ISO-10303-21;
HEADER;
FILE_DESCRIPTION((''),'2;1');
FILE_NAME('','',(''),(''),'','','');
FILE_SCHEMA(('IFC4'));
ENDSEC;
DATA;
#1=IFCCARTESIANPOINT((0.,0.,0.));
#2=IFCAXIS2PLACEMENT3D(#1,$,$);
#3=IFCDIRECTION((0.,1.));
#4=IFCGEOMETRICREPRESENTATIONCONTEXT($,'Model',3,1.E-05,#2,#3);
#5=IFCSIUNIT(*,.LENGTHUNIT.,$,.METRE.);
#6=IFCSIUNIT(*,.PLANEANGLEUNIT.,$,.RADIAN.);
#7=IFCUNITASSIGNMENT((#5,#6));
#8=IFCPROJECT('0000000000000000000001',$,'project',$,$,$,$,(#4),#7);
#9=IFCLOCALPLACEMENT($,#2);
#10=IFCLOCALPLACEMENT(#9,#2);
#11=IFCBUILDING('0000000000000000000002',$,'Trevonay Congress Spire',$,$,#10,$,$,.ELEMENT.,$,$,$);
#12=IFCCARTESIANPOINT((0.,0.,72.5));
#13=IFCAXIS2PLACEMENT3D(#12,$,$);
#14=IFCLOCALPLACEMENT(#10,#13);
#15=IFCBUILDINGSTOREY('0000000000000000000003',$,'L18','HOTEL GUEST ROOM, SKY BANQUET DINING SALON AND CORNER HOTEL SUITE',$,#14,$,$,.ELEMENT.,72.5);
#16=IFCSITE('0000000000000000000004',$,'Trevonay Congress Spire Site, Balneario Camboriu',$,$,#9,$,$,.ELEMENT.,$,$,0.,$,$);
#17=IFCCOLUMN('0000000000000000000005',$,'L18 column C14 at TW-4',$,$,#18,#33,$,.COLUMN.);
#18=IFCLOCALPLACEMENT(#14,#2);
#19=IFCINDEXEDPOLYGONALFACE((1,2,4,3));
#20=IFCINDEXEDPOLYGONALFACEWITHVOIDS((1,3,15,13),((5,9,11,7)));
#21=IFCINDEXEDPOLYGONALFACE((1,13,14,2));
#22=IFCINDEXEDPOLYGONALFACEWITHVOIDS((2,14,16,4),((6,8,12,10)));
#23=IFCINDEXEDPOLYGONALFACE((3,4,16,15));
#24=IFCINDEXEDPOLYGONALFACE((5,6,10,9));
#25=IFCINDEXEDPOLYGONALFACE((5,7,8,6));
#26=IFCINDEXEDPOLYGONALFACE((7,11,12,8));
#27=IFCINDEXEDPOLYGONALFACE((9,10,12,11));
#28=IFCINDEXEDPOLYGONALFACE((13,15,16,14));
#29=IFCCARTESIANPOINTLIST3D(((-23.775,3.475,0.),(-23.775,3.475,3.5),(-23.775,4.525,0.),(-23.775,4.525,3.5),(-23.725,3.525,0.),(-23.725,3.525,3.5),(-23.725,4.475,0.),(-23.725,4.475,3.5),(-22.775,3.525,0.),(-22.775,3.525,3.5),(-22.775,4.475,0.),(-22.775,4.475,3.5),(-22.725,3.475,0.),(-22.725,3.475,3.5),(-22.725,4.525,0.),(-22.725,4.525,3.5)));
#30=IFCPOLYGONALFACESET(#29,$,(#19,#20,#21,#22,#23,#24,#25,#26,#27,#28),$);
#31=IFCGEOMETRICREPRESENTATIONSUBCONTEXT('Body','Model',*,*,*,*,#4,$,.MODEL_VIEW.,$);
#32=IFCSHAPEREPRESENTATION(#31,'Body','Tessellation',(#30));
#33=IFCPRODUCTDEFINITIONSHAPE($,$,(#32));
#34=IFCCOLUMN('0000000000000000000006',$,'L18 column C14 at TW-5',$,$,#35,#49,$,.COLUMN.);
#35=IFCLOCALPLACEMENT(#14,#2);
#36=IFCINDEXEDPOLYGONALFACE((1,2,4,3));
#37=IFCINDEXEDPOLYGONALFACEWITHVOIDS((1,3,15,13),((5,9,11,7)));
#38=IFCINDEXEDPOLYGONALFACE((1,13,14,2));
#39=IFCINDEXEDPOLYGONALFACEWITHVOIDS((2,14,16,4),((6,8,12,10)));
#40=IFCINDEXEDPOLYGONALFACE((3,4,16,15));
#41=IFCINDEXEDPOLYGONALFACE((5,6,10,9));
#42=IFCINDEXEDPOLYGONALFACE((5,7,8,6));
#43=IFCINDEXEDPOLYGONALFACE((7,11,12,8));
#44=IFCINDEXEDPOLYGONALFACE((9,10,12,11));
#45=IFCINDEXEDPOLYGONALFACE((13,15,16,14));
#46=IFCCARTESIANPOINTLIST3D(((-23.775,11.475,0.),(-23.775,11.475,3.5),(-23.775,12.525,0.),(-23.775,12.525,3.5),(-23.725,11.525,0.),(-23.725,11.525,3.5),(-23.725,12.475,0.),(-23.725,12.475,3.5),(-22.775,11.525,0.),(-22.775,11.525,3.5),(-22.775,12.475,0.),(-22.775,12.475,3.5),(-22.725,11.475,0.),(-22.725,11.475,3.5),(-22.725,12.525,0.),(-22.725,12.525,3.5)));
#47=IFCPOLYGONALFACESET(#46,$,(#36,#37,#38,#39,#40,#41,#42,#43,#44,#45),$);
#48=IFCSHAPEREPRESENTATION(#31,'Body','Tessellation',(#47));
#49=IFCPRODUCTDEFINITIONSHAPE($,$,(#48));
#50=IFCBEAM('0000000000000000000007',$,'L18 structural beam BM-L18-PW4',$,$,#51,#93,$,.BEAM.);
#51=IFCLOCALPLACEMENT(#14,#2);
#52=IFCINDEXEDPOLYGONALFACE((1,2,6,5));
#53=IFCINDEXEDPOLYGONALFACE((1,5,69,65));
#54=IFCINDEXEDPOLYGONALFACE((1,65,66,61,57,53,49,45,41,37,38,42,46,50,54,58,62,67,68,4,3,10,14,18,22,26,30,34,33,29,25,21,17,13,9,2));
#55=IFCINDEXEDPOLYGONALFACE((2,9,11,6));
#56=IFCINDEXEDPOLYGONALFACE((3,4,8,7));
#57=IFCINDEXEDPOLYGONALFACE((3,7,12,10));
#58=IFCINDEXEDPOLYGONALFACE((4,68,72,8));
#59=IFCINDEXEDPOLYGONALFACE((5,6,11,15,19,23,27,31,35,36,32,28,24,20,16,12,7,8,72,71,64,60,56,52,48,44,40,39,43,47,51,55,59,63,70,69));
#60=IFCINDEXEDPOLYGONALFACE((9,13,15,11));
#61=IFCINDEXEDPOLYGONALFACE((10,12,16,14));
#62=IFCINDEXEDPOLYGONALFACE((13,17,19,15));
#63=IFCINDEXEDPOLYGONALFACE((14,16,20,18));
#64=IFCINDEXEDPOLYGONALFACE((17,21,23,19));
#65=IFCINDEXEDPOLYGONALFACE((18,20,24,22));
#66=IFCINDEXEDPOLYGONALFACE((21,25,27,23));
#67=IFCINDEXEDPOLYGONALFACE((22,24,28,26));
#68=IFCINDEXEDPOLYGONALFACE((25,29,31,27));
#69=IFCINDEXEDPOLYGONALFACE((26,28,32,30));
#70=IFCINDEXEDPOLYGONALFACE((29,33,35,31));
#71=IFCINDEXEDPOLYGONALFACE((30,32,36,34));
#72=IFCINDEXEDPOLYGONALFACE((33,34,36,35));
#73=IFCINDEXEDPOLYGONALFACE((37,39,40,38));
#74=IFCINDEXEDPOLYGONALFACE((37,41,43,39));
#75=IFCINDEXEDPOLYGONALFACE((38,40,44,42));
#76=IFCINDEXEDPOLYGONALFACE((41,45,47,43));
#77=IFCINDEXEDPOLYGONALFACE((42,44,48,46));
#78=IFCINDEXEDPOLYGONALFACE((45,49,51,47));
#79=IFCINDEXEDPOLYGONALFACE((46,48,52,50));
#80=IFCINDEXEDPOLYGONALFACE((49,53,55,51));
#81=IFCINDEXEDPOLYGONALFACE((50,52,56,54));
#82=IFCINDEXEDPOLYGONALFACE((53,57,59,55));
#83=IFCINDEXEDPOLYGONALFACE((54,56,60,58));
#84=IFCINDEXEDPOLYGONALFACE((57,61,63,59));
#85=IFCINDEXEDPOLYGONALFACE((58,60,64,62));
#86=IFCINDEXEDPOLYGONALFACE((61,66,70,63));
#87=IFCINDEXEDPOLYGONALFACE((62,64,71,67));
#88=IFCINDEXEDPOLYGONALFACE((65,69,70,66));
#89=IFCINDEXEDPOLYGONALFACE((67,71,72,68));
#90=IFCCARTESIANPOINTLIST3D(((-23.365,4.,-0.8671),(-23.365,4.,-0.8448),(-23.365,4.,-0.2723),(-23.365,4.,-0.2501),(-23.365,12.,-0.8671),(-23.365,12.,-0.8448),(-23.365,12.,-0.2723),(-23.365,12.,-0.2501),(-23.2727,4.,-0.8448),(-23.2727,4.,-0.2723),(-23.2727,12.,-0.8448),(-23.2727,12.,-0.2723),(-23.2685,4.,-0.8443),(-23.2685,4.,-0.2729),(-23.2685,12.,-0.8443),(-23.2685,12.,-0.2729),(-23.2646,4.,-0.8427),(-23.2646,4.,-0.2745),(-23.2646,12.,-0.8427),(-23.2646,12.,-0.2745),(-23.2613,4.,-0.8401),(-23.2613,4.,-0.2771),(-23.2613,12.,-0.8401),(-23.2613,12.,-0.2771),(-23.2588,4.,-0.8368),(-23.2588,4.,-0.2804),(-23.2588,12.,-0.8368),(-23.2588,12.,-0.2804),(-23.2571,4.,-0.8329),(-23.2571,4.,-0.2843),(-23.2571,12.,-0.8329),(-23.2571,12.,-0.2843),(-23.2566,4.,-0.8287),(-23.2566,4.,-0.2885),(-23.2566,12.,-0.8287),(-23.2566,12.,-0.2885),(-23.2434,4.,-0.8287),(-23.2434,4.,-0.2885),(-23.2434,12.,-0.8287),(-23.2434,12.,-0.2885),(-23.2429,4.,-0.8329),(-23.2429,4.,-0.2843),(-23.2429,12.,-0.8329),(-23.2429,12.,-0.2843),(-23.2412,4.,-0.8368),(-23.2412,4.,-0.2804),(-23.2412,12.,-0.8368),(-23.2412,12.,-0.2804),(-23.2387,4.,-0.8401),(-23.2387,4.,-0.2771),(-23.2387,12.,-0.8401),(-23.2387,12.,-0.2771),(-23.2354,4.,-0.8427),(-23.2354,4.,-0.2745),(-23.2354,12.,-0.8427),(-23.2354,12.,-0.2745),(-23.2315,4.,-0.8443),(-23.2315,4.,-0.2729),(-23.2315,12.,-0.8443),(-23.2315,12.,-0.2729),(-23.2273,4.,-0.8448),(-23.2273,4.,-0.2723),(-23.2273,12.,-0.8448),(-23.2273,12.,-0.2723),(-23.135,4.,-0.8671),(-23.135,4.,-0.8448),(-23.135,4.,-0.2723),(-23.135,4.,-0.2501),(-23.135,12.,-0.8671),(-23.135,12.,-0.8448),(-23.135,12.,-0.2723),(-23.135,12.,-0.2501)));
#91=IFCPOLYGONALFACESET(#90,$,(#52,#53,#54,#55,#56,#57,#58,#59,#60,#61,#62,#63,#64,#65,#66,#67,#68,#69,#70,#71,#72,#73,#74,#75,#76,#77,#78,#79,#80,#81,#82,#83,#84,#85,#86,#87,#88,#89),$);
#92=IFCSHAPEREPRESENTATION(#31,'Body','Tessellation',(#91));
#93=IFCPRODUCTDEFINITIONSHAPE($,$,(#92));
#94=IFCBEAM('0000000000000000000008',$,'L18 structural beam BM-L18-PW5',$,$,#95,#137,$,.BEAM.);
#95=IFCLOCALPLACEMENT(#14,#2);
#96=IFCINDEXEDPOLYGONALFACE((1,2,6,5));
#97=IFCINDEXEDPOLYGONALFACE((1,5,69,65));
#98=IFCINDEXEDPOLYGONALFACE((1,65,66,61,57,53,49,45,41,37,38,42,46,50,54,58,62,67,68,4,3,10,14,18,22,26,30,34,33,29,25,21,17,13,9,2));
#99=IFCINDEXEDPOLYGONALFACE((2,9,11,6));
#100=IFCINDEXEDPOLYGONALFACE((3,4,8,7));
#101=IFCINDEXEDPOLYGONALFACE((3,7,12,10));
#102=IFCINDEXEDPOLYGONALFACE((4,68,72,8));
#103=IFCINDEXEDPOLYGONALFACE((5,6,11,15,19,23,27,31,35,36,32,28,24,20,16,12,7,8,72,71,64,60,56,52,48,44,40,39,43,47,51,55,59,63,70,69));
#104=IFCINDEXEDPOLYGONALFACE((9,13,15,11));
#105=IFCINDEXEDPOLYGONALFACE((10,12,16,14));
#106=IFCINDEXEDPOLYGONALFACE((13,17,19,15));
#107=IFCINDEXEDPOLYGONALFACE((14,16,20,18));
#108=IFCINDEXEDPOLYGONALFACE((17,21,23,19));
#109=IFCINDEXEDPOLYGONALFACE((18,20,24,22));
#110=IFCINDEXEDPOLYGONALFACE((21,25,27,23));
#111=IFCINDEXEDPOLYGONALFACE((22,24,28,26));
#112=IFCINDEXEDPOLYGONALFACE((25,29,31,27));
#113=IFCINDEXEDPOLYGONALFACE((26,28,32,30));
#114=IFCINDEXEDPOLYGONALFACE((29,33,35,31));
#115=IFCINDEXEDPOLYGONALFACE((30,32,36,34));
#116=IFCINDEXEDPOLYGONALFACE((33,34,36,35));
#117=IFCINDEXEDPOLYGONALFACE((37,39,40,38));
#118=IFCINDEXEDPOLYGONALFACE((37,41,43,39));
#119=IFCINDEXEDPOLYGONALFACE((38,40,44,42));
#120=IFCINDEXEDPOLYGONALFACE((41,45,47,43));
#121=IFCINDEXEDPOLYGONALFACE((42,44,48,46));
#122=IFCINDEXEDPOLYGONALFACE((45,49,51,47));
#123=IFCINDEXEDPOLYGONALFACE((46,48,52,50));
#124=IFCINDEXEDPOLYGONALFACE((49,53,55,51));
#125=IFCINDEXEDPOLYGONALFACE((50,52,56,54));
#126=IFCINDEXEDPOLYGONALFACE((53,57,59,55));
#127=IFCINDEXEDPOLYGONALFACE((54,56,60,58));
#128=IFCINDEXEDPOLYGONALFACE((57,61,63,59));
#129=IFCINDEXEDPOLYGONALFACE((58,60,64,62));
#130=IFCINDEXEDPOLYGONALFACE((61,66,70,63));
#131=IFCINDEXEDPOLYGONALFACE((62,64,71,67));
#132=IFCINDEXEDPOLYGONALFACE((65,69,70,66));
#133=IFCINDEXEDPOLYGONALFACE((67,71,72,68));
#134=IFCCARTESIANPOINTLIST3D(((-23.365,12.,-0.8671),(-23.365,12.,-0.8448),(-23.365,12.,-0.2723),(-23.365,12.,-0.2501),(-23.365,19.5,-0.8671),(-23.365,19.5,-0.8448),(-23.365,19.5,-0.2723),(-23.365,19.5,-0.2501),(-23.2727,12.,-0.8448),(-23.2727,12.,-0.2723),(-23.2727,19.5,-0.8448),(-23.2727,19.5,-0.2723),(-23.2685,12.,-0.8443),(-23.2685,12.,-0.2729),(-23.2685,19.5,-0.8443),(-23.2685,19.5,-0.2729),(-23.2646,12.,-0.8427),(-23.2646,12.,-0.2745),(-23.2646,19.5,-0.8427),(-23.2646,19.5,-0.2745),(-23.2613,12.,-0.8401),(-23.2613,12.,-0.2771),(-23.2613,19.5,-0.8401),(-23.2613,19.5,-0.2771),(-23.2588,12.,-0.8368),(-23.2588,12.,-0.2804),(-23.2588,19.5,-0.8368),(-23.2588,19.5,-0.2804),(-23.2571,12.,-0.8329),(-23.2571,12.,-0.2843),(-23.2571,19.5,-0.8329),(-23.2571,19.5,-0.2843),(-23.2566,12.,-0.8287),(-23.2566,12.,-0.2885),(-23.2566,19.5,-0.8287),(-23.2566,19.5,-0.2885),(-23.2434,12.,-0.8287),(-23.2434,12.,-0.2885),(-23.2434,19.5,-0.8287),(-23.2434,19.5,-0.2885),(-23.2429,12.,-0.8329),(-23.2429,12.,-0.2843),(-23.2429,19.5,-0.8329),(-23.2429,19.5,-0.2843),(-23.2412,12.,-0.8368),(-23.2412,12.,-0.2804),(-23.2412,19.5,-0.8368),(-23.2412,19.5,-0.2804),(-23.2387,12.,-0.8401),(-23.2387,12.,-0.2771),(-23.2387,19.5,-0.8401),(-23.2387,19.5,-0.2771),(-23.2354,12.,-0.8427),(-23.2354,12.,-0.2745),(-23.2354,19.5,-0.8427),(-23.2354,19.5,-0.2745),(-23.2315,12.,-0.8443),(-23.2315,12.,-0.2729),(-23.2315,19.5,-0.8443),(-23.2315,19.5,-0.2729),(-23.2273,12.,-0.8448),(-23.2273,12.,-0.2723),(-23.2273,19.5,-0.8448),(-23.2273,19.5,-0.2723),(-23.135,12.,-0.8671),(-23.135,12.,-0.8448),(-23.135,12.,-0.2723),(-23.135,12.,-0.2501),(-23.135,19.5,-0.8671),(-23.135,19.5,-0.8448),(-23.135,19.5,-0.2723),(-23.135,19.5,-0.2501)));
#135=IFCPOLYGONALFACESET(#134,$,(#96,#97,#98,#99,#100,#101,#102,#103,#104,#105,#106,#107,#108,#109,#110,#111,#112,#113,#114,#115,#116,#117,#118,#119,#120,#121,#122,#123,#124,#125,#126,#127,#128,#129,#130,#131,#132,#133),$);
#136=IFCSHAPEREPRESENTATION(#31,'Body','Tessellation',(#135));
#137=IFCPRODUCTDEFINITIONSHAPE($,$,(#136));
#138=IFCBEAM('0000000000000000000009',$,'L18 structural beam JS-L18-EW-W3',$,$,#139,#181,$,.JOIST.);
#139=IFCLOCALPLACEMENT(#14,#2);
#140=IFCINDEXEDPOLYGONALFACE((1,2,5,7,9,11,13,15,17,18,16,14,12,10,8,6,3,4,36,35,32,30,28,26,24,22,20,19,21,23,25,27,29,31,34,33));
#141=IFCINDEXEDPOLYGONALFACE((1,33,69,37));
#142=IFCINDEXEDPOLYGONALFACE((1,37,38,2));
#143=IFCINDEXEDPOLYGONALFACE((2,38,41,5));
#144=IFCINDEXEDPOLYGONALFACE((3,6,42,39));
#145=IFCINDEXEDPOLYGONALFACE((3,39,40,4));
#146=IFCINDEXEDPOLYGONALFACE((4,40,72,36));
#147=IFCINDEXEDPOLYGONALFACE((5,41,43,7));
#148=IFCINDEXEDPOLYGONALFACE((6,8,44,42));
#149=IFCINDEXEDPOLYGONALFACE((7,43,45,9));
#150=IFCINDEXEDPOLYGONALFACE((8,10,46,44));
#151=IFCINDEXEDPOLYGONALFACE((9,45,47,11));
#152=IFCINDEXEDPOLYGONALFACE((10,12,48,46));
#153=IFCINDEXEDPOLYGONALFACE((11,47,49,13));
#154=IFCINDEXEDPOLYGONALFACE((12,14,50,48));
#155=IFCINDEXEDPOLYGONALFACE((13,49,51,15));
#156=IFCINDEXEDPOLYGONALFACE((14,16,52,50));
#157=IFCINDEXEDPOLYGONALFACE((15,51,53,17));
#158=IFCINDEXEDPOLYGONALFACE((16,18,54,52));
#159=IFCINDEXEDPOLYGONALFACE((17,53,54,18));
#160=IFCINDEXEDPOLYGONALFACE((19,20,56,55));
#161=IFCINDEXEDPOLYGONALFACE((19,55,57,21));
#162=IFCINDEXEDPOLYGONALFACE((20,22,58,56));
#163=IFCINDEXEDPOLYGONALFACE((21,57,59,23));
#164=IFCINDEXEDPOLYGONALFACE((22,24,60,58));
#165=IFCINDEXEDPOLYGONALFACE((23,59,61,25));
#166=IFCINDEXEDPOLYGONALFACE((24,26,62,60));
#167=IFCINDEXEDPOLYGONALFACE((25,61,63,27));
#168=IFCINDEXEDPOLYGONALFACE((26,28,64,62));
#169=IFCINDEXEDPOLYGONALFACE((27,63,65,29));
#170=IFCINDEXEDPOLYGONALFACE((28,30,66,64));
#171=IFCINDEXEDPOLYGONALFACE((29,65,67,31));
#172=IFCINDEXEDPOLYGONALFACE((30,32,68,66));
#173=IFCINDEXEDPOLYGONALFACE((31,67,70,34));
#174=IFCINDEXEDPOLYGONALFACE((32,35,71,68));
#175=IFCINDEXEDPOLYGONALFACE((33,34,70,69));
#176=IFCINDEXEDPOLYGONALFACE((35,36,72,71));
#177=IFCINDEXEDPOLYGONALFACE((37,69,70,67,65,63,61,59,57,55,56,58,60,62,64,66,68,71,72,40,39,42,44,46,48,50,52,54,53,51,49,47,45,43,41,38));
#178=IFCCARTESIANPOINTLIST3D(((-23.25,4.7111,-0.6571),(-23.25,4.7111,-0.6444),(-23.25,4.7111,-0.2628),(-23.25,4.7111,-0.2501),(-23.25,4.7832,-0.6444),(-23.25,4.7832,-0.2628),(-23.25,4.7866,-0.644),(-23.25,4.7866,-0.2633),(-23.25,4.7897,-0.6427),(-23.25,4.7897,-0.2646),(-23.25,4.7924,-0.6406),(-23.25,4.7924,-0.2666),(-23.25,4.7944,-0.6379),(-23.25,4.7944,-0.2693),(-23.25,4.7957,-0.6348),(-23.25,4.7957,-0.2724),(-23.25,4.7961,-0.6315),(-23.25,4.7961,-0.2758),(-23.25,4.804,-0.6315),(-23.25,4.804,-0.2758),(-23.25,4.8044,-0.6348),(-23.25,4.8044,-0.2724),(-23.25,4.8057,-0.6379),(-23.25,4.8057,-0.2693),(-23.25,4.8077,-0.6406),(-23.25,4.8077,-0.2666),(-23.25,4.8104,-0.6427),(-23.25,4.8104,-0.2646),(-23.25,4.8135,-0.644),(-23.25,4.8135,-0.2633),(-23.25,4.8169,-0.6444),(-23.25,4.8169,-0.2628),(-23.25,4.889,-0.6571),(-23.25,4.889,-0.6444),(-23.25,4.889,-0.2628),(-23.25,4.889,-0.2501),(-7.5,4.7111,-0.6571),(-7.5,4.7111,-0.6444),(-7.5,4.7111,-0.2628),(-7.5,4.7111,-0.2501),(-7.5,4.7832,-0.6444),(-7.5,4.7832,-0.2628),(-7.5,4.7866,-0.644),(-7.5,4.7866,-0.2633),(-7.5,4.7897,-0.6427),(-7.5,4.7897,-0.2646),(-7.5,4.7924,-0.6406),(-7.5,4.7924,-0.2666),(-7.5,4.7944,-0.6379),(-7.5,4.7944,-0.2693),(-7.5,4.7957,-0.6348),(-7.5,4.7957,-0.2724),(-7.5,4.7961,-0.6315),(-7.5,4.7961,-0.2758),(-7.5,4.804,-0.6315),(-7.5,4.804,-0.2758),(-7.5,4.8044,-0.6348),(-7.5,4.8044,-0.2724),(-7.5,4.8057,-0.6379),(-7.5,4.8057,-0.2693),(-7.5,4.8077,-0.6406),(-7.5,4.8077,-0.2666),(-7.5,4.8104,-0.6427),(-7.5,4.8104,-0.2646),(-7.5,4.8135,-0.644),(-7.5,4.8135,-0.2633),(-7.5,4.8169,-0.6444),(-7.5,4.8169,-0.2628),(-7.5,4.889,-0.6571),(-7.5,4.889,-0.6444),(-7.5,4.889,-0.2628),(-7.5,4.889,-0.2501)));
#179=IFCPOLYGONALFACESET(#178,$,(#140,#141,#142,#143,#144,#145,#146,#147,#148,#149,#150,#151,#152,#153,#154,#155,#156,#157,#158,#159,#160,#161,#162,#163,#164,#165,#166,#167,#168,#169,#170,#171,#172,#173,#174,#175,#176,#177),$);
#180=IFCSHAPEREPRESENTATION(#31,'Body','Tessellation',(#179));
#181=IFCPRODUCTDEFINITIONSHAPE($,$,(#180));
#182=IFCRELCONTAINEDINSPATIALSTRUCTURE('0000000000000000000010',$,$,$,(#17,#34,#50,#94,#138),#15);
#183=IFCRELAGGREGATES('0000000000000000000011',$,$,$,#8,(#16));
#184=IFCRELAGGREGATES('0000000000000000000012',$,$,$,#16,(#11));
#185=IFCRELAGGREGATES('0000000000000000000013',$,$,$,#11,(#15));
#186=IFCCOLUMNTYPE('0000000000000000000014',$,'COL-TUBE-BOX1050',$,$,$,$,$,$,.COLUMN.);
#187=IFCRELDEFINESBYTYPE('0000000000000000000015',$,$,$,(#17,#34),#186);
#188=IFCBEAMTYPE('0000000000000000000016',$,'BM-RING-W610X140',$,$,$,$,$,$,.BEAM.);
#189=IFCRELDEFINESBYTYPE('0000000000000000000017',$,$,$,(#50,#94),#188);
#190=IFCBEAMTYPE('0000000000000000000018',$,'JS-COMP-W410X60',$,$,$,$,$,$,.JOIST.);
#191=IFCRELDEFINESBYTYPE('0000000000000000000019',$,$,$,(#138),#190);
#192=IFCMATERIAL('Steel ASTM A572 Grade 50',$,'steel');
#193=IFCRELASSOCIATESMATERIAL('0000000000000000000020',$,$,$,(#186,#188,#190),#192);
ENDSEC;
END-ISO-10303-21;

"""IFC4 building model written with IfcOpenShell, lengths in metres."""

from ifc_helpers import new_model, si_unit, direction, frame, origin, origin_2d, place, context, subcontext, project, spatial, hollow_rectangle, i_section, extrude, material, material_profile, profile_set, type_object, element, save


model = new_model("IFC4")

# Units and contexts
model_context = context("Model", 3, precision=1e-05, world=origin(), true_north=direction((0.0, 1.0)))
body_context = subcontext(model_context, "Body", "Model", "MODEL_VIEW")
ifc_project = project(units=[si_unit("LENGTHUNIT", "METRE"), si_unit("PLANEANGLEUNIT", "RADIAN")], contexts=[model_context])

# Site, building, storey
site_placement = place(None, origin())
site = spatial("IfcSite", under=ifc_project, at=site_placement, Name="Trevonay Congress Spire Site, Balneario Camboriu", CompositionType="ELEMENT", RefElevation=0.0)
building_placement = place(site_placement, origin())
building = spatial("IfcBuilding", under=site, at=building_placement, Name="Trevonay Congress Spire", CompositionType="ELEMENT")
storey_placement = place(building_placement, frame((0.0, 0.0, 72.5)))
storey = spatial("IfcBuildingStorey", under=building, at=storey_placement, Name="L18", Description="HOTEL GUEST ROOM, SKY BANQUET DINING SALON AND CORNER HOTEL SUITE", CompositionType="ELEMENT", Elevation=72.5)

# Columns
ifc_material_1 = material(Name="Steel ASTM A572 Grade 50", Category="steel")
ifc_material_profile_1 = material_profile(ifc_material_1, hollow_rectangle(XDim=1.05, YDim=1.05, WallThickness=0.05, at=origin_2d()), Name="BOX 1050x1050x50")
ifc_profile_set_1 = profile_set([ifc_material_profile_1], Name="Steel ASTM A572 Grade 50")
column_type = type_object("IfcColumnType", Name="COL-TUBE-BOX1050", PredefinedType="COLUMN", material=ifc_profile_set_1)
for number, where, z_axis, x_axis, name in (
    (1, (-23.25, 4.0, 0.0), (0.0, 0.0, 1.0), (1.0, 0.0, 0.0), "L18 column C14 at TW-4"),
    (2, (-23.25, 12.0, 0.0), (0.0, 0.0, 1.0), (1.0, 0.0, 0.0), "L18 column C14 at TW-5"),
):
    element("IfcColumn", number, at=place(storey_placement, frame(where, z_axis=z_axis, x_axis=x_axis)), inside=storey, type_object=column_type, Name=name, PredefinedType="COLUMN", context=body_context, shape_type="SweptSolid", body=[
        extrude(hollow_rectangle(XDim=1.05, YDim=1.05, WallThickness=0.05, at=origin_2d()), origin(), (0.0, 0.0, 1.0), 3.5),
    ])

# Beams
ifc_material_profile_2 = material_profile(ifc_material_1, i_section(OverallWidth=0.23, OverallDepth=0.6169, WebThickness=0.0132, FlangeThickness=0.0222, FilletRadius=0.0161, at=origin_2d()), Name="W610x140")
ifc_profile_set_2 = profile_set([ifc_material_profile_2], Name="Steel ASTM A572 Grade 50")
beam_type_1 = type_object("IfcBeamType", Name="BM-RING-W610X140", PredefinedType="BEAM", material=ifc_profile_set_2)
beam_1_placement = place(storey_placement, frame((-23.25, 4.0, -0.5586), z_axis=(0.0, 1.0, 0.0), x_axis=(-1.0, 0.0, 0.0)))
element("IfcBeam", 3, at=beam_1_placement, inside=storey, type_object=beam_type_1, Name="L18 structural beam BM-L18-PW4", PredefinedType="BEAM", context=body_context, shape_type="SweptSolid", body=[
    extrude(i_section(OverallWidth=0.23, OverallDepth=0.6169, WebThickness=0.0132, FlangeThickness=0.0222, FilletRadius=0.0161, at=origin_2d()), origin(), (0.0, 0.0, 1.0), 8.0),
])
beam_2_placement = place(storey_placement, frame((-23.25, 12.0, -0.5586), z_axis=(0.0, 1.0, 0.0), x_axis=(-1.0, 0.0, 0.0)))
element("IfcBeam", 4, at=beam_2_placement, inside=storey, type_object=beam_type_1, Name="L18 structural beam BM-L18-PW5", PredefinedType="BEAM", context=body_context, shape_type="SweptSolid", body=[
    extrude(i_section(OverallWidth=0.23, OverallDepth=0.6169, WebThickness=0.0132, FlangeThickness=0.0222, FilletRadius=0.0161, at=origin_2d()), origin(), (0.0, 0.0, 1.0), 7.5),
])
ifc_material_profile_3 = material_profile(ifc_material_1, i_section(OverallWidth=0.178, OverallDepth=0.407, WebThickness=0.0078, FlangeThickness=0.0127, FilletRadius=0.0129, at=origin_2d()), Name="W410x60")
ifc_profile_set_3 = profile_set([ifc_material_profile_3], Name="Steel ASTM A572 Grade 50")
beam_type_2 = type_object("IfcBeamType", Name="JS-COMP-W410X60", PredefinedType="JOIST", material=ifc_profile_set_3)
beam_3_placement = place(storey_placement, frame((-23.25, 4.8, -0.4536), z_axis=(1.0, 0.0, 0.0), x_axis=(0.0, 1.0, 0.0)))
element("IfcBeam", 5, at=beam_3_placement, inside=storey, type_object=beam_type_2, Name="L18 structural beam JS-L18-EW-W3", PredefinedType="JOIST", context=body_context, shape_type="SweptSolid", body=[
    extrude(i_section(OverallWidth=0.178, OverallDepth=0.407, WebThickness=0.0078, FlangeThickness=0.0127, FilletRadius=0.0129, at=origin_2d()), origin(), (0.0, 0.0, 1.0), 15.75),
])

save(model, "model.ifc")
